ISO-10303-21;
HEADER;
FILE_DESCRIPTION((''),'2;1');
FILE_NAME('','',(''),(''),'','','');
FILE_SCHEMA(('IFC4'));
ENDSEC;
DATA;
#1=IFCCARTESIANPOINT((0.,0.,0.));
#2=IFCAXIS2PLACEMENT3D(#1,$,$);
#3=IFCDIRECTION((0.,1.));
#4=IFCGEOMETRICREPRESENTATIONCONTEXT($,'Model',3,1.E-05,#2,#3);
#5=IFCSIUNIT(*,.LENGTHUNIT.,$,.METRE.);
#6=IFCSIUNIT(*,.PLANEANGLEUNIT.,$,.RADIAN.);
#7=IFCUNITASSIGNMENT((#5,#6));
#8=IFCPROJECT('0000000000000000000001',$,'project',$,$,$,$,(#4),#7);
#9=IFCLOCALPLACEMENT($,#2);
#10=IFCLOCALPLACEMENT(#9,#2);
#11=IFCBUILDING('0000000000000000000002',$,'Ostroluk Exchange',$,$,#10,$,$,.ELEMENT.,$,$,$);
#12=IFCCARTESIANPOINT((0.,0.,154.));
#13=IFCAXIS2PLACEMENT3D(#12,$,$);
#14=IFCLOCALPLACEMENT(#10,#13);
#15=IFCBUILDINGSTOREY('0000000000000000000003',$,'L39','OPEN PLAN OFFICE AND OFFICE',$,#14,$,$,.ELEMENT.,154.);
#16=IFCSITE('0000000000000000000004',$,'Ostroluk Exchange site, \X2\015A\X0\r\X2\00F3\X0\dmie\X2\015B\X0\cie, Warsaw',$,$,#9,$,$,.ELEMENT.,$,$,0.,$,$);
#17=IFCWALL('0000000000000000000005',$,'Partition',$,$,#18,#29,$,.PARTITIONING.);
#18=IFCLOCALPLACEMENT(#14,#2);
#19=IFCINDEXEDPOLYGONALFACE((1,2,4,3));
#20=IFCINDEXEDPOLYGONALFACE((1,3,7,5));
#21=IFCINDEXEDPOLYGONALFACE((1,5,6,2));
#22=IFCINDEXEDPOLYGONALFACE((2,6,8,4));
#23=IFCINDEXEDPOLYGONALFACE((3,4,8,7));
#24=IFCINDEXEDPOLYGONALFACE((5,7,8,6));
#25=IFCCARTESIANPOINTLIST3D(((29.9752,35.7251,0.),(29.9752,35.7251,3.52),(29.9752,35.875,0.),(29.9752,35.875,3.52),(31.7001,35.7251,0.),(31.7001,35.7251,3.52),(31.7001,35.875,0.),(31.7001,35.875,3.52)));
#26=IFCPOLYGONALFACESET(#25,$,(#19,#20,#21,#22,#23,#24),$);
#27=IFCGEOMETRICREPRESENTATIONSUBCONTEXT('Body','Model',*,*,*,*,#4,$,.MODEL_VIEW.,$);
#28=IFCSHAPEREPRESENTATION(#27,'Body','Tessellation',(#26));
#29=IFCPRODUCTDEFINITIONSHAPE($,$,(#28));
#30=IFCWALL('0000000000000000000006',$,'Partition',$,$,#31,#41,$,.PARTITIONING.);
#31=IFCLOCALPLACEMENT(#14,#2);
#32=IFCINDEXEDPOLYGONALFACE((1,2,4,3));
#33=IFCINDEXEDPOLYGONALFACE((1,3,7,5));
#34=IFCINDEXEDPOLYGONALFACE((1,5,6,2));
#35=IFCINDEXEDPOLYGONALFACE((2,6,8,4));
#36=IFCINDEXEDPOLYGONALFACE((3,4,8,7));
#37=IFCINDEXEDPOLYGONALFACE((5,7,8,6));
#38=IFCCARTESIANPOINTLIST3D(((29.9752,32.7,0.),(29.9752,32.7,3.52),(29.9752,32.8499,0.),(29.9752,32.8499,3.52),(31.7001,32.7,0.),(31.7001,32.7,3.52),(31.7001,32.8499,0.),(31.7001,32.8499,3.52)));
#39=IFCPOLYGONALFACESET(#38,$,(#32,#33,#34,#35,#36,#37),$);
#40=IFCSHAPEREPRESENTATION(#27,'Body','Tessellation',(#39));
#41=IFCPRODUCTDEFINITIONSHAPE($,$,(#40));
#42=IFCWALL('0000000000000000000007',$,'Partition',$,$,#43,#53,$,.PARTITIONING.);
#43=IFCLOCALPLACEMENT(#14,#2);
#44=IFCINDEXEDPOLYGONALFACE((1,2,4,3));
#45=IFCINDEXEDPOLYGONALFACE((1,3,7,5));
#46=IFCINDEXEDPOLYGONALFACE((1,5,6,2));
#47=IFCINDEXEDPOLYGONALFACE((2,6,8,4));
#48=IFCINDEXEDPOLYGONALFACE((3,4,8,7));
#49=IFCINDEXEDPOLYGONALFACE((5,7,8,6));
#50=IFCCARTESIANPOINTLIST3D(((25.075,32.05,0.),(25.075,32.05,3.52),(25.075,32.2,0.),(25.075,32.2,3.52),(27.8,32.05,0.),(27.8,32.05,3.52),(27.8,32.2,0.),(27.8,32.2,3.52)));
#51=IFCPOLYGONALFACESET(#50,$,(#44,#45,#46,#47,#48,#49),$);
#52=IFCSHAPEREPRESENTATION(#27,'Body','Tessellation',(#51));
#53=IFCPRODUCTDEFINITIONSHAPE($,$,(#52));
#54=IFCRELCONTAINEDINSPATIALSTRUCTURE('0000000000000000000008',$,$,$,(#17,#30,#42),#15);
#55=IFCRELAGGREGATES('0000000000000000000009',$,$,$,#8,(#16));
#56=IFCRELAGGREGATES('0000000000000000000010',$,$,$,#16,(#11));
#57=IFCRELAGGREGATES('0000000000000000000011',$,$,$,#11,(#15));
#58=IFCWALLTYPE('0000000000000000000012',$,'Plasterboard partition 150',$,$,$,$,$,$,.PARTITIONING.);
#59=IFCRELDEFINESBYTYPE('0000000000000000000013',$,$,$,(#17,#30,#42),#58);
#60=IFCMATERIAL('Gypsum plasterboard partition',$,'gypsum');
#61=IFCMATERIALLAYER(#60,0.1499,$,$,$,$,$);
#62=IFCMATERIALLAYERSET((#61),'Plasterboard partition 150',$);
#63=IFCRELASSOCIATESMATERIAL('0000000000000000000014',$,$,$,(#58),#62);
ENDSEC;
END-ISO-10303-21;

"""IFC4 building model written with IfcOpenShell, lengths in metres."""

from ifc_helpers import new_model, si_unit, direction, frame, frame_2d, origin, place, context, subcontext, project, spatial, rectangle, extrude, material, layer, layer_set, type_object, element, save


model = new_model("IFC4")

# Units and contexts
model_context = context("Model", 3, precision=1e-05, world=origin(), true_north=direction((0.0, 1.0)))
body_context = subcontext(model_context, "Body", "Model", "MODEL_VIEW")
ifc_project = project(units=[si_unit("LENGTHUNIT", "METRE"), si_unit("PLANEANGLEUNIT", "RADIAN")], contexts=[model_context])

# Site, building, storey
site_placement = place(None, origin())
site = spatial("IfcSite", under=ifc_project, at=site_placement, Name="Ostroluk Exchange site, Śródmieście, Warsaw", CompositionType="ELEMENT", RefElevation=0.0)
building_placement = place(site_placement, origin())
building = spatial("IfcBuilding", under=site, at=building_placement, Name="Ostroluk Exchange", CompositionType="ELEMENT")
storey_placement = place(building_placement, frame((0.0, 0.0, 154.0)))
storey = spatial("IfcBuildingStorey", under=building, at=storey_placement, Name="L39", Description="OPEN PLAN OFFICE AND OFFICE", CompositionType="ELEMENT", Elevation=154.0)

# Shared definitions
ifc_material_1 = material(Name="Gypsum plasterboard partition", Category="gypsum")
ifc_layer_1 = layer(ifc_material_1, 0.1499)
ifc_layer_set_1 = layer_set([ifc_layer_1], Name="Plasterboard partition 150")
wall_type_1 = type_object("IfcWallType", Name="Plasterboard partition 150", PredefinedType="PARTITIONING", material=ifc_layer_set_1)

# Walls
for number, where, z_axis, x_axis, name in (
    (1, (31.7, 35.8, 0.0), (0.0, 0.0, 1.0), (-1.0, 0.0, 0.0), "Partition"),
    (2, (31.7, 32.7749, 0.0), (0.0, 0.0, 1.0), (-1.0, 0.0, 0.0), "Partition"),
):
    element("IfcWall", number, at=place(storey_placement, frame(where, z_axis=z_axis, x_axis=x_axis)), inside=storey, type_object=wall_type_1, Name=name, PredefinedType="PARTITIONING", context=body_context, shape_type="SweptSolid", body=[
        extrude(rectangle(XDim=1.7249, YDim=0.1499, at=frame_2d((0.8623, 0.0))), origin(), (0.0, 0.0, 1.0), 3.52),
    ])
wall_1_placement = place(storey_placement, frame((27.8, 32.125, 0.0), z_axis=(0.0, 0.0, 1.0), x_axis=(-1.0, 0.0, 0.0)))
element("IfcWall", 3, at=wall_1_placement, inside=storey, type_object=wall_type_1, Name="Partition", PredefinedType="PARTITIONING", context=body_context, shape_type="SweptSolid", body=[
    extrude(rectangle(XDim=2.7251, YDim=0.1499, at=frame_2d((1.3625, 0.0))), origin(), (0.0, 0.0, 1.0), 3.52),
])

save(model, "model.ifc")
